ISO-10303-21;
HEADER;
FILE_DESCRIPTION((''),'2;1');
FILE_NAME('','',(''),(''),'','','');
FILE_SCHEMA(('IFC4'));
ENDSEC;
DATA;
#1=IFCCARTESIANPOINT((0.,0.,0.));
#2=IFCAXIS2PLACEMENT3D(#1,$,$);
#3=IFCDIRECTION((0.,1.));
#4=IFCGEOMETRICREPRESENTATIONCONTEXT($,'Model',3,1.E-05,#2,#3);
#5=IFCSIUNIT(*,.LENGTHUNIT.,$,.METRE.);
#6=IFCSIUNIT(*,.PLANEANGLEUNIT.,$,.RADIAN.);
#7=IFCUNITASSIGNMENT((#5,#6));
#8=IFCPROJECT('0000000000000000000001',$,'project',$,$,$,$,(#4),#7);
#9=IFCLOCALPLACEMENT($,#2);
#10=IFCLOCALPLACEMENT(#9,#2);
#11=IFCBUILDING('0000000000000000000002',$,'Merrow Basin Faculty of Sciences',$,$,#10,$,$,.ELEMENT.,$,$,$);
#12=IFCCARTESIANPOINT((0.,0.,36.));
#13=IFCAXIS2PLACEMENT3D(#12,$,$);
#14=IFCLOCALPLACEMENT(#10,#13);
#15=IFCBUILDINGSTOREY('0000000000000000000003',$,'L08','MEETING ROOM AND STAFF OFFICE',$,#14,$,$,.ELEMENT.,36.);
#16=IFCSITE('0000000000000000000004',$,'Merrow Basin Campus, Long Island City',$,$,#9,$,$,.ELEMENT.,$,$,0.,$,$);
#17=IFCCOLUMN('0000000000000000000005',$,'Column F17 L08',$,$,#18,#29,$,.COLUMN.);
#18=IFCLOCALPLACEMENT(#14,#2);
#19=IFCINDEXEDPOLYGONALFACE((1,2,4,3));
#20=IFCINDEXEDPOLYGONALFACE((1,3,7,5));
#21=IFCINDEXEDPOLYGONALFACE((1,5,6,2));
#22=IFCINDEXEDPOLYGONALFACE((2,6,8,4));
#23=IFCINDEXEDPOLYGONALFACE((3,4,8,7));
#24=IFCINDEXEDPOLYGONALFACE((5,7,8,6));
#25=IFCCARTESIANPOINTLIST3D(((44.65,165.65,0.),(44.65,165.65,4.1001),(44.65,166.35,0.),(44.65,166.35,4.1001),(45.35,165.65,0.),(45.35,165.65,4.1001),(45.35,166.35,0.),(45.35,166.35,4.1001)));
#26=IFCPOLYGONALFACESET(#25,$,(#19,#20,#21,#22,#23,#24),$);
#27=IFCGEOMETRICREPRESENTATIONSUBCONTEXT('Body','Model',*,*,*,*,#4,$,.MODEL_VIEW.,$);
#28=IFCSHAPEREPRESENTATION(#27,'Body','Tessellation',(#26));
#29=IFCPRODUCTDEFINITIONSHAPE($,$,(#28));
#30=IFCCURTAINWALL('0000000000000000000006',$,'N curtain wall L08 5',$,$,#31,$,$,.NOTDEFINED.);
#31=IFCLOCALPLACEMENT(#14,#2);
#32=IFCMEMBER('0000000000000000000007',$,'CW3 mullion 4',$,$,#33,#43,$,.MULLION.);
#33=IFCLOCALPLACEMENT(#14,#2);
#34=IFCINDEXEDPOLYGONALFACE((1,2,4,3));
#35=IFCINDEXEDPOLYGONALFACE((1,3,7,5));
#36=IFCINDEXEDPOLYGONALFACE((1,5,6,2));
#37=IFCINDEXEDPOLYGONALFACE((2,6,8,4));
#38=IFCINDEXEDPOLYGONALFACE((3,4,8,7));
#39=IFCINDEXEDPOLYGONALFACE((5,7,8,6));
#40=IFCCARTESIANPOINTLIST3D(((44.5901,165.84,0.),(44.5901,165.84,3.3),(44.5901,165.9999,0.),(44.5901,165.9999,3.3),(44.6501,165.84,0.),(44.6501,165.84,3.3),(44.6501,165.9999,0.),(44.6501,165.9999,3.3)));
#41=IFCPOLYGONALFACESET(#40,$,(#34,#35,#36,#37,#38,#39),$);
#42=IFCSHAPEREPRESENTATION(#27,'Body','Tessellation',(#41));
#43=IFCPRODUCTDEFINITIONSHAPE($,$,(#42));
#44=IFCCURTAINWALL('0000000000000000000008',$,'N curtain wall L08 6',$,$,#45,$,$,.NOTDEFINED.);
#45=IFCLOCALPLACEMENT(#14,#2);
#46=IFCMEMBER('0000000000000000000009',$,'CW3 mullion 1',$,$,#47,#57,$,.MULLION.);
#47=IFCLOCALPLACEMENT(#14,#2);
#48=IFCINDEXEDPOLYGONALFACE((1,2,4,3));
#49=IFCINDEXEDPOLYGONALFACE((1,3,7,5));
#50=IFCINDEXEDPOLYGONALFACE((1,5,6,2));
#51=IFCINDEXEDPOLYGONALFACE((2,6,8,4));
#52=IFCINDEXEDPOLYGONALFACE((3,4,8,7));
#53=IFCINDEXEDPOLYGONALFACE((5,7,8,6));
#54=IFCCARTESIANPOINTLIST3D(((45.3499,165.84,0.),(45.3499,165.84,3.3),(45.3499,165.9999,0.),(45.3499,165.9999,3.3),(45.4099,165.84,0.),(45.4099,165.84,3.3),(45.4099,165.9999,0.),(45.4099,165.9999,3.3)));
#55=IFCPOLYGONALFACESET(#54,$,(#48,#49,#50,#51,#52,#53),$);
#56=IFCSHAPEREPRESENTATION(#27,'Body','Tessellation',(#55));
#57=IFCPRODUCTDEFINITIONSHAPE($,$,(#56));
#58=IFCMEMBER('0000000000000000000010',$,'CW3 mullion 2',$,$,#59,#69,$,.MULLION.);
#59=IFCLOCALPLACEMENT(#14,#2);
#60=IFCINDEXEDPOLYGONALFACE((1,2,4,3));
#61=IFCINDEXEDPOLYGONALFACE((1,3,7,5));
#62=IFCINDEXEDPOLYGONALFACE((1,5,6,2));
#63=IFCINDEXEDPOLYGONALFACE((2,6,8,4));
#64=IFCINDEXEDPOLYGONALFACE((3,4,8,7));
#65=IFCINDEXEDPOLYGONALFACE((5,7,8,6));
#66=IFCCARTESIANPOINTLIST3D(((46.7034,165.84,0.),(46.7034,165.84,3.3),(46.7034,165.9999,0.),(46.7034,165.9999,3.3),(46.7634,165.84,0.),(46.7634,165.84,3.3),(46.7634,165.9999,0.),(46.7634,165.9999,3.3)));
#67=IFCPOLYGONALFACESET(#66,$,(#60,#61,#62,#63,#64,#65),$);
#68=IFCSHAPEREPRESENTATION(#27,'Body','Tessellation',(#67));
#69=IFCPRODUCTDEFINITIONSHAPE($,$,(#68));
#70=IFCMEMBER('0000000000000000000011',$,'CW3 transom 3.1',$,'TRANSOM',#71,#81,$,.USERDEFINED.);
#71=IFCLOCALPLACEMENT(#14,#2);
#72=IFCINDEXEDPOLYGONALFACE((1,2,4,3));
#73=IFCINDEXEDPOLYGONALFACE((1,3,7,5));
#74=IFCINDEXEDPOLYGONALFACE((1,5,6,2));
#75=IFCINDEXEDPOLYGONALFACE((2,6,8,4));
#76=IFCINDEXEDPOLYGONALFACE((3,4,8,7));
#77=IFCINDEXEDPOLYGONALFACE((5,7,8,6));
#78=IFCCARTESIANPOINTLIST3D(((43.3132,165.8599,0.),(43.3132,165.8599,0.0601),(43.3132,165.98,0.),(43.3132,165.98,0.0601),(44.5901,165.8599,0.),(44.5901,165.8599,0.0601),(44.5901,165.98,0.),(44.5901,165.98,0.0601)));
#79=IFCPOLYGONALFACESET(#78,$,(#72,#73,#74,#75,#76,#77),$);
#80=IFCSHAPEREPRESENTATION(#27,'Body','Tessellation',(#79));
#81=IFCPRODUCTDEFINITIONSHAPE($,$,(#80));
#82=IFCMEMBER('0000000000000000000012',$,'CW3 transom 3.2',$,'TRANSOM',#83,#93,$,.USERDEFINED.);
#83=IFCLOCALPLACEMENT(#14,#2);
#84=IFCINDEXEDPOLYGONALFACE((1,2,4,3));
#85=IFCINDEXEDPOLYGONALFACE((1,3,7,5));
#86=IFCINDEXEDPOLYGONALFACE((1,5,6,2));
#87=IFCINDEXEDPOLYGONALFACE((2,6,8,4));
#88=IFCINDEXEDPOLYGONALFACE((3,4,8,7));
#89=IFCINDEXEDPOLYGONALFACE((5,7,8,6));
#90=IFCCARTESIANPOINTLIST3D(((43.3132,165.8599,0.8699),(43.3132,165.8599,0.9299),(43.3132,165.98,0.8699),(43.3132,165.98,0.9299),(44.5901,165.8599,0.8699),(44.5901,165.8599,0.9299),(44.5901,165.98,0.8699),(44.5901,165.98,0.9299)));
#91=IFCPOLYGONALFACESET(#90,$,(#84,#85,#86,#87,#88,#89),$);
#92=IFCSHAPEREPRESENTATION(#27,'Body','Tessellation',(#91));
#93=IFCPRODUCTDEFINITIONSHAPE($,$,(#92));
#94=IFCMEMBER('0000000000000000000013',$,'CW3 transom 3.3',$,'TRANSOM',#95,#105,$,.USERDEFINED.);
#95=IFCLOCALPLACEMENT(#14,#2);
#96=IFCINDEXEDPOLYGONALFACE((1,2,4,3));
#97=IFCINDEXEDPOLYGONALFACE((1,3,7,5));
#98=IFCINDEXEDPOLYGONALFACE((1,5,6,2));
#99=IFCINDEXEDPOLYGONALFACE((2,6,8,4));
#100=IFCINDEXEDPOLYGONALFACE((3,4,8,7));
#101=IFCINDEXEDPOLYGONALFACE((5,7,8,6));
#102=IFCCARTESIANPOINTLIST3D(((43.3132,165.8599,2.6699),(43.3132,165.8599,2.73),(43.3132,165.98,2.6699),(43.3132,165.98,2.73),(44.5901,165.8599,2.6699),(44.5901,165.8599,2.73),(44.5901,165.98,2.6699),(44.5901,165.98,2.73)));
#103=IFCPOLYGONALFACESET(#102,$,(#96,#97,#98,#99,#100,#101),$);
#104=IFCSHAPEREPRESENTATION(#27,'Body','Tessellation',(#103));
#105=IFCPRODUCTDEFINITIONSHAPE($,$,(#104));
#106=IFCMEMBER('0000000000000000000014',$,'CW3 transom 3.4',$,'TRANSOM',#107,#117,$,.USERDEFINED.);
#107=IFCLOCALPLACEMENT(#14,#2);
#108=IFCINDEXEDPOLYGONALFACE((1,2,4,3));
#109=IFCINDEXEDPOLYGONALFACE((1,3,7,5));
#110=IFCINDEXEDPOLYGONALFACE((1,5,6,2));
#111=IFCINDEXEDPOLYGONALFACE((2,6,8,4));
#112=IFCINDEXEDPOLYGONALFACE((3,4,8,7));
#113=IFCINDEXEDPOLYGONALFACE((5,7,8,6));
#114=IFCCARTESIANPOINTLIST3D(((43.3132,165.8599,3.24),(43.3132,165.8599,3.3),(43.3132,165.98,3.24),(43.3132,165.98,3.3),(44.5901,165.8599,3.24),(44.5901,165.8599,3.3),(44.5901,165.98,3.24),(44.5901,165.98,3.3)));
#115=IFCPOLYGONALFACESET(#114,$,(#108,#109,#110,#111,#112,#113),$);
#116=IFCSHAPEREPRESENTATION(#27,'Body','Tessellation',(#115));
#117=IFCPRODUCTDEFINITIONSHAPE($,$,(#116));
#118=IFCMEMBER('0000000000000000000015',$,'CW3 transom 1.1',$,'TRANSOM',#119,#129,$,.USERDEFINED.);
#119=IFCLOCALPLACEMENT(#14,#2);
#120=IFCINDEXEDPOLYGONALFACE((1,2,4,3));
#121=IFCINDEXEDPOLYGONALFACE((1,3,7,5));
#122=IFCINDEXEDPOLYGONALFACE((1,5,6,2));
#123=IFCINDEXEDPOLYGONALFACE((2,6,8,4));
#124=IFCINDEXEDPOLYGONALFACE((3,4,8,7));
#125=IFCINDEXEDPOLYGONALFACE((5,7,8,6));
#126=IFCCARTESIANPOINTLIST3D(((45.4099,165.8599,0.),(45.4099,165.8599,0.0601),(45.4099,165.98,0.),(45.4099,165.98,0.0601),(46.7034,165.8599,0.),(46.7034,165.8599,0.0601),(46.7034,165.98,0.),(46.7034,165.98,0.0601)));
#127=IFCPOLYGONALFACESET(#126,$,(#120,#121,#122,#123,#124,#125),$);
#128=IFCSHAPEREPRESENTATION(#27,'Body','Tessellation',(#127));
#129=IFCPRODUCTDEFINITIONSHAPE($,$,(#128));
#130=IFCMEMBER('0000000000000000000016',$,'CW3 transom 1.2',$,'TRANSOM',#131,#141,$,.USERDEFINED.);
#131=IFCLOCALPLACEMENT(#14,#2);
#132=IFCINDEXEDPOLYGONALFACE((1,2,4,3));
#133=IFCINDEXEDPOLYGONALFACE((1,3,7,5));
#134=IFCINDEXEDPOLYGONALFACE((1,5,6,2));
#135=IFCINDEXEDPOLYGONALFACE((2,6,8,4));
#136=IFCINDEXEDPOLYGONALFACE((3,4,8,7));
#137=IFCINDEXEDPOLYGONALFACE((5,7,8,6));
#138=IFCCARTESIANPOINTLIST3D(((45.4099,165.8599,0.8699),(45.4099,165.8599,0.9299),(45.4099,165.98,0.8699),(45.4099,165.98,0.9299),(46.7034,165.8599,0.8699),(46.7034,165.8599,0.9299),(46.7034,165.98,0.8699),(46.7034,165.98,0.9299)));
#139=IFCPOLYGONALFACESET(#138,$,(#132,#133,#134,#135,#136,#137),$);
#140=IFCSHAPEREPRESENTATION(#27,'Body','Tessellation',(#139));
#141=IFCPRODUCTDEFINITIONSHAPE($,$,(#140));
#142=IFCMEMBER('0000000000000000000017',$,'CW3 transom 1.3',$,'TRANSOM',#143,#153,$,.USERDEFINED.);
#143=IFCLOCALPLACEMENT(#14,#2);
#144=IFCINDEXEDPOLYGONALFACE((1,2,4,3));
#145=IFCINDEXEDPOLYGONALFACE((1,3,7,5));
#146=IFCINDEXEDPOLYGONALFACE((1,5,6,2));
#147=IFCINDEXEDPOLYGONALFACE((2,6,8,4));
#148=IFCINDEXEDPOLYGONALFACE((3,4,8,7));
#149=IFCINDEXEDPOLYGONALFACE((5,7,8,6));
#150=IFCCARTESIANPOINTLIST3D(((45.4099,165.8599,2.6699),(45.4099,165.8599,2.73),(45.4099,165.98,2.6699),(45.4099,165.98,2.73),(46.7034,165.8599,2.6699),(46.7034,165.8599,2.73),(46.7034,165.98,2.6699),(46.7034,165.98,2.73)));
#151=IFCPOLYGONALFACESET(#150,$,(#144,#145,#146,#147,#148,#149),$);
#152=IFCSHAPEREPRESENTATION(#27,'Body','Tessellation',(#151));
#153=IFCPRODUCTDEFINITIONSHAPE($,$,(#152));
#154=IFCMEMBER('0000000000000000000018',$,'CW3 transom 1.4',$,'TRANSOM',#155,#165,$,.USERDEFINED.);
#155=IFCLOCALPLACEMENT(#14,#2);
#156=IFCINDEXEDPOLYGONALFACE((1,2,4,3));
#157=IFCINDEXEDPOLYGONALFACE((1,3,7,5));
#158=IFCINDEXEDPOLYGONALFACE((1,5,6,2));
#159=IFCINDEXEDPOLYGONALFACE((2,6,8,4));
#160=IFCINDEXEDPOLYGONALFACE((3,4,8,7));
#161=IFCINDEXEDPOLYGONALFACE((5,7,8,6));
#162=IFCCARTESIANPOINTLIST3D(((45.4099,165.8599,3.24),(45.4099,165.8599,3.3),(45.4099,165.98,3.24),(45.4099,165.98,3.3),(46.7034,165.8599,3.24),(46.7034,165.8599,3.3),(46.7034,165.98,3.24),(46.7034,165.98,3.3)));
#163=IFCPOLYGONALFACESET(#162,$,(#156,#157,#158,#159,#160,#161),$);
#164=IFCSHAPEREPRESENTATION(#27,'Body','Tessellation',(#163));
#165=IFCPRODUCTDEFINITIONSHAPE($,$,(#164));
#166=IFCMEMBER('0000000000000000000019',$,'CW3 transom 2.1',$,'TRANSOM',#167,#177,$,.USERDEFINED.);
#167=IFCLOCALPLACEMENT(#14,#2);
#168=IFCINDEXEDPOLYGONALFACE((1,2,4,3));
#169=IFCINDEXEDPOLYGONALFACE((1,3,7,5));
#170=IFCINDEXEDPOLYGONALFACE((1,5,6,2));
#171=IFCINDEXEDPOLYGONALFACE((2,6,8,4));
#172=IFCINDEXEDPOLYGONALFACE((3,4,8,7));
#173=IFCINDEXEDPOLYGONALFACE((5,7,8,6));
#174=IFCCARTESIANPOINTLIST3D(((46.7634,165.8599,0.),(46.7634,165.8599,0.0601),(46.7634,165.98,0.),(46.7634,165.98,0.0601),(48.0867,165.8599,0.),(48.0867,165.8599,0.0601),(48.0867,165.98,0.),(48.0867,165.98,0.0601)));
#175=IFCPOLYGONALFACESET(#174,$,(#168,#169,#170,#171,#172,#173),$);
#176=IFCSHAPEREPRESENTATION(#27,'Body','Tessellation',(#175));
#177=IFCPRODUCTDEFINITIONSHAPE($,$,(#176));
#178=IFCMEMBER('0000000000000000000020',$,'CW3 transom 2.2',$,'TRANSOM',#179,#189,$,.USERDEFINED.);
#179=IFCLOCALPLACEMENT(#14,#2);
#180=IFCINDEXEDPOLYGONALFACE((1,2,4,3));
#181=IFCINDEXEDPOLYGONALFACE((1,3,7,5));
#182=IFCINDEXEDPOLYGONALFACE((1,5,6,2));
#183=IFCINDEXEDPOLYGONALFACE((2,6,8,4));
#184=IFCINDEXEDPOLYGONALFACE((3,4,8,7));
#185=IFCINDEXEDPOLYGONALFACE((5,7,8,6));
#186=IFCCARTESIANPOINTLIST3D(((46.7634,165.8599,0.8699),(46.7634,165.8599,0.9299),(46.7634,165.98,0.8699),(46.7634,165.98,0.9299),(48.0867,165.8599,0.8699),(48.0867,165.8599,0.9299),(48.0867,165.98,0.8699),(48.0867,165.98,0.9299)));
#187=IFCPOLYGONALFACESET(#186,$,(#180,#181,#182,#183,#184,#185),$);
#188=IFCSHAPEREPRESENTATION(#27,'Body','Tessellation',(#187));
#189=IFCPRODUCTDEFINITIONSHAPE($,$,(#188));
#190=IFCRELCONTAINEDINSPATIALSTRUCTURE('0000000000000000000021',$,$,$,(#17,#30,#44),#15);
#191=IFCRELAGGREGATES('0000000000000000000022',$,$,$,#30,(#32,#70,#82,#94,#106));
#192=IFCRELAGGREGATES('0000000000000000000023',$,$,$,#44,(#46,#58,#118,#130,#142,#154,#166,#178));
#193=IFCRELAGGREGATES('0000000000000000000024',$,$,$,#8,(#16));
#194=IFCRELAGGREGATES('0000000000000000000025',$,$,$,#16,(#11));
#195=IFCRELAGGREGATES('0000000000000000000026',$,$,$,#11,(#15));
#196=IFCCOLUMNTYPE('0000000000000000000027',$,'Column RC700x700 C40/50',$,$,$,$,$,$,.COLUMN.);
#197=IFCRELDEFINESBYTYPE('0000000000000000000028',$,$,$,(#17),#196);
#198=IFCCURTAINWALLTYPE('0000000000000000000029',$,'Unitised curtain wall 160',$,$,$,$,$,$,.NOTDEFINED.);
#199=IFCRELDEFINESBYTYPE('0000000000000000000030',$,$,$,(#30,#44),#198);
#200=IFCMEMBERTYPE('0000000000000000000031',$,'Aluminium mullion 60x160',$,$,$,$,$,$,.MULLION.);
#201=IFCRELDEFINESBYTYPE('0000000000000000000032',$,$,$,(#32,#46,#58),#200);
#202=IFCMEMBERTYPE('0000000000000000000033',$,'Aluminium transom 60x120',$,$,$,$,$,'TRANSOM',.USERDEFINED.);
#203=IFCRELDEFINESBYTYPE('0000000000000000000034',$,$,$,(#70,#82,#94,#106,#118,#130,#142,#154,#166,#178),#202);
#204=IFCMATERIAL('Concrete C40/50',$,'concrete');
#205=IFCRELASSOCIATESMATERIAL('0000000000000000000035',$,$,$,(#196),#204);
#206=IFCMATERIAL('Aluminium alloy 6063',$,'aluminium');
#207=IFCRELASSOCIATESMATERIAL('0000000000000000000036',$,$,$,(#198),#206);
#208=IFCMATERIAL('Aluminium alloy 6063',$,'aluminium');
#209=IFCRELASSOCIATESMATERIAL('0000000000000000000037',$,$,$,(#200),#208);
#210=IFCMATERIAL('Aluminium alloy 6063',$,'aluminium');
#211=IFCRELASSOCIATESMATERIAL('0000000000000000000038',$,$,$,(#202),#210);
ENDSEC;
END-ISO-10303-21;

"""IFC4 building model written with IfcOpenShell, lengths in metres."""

from ifc_helpers import new_model, si_unit, direction, frame, origin, origin_2d, place, context, subcontext, project, spatial, rectangle, extrude, material, material_profile, profile_set, type_object, element, aggregate, save


model = new_model("IFC4")

# Units and contexts
model_context = context("Model", 3, precision=1e-05, world=origin(), true_north=direction((0.0, 1.0)))
body_context = subcontext(model_context, "Body", "Model", "MODEL_VIEW")
ifc_project = project(units=[si_unit("LENGTHUNIT", "METRE"), si_unit("PLANEANGLEUNIT", "RADIAN")], contexts=[model_context])

# Site, building, storey
site_placement = place(None, origin())
site = spatial("IfcSite", under=ifc_project, at=site_placement, Name="Merrow Basin Campus, Long Island City", CompositionType="ELEMENT", RefElevation=0.0)
building_placement = place(site_placement, origin())
building = spatial("IfcBuilding", under=site, at=building_placement, Name="Merrow Basin Faculty of Sciences", CompositionType="ELEMENT")
storey_placement = place(building_placement, frame((0.0, 0.0, 36.0)))
storey = spatial("IfcBuildingStorey", under=building, at=storey_placement, Name="L08", Description="MEETING ROOM AND STAFF OFFICE", CompositionType="ELEMENT", Elevation=36.0)

# Column
ifc_material_1 = material(Name="Concrete C40/50", Category="concrete")
ifc_material_profile_1 = material_profile(ifc_material_1, rectangle(XDim=0.7, YDim=0.7, at=origin_2d()))
ifc_profile_set_1 = profile_set([ifc_material_profile_1], Name="Concrete C40/50")
column_type = type_object("IfcColumnType", Name="Column RC700x700 C40/50", PredefinedType="COLUMN", material=ifc_profile_set_1)
column_placement = place(storey_placement, frame((45.0, 166.0, 0.0), z_axis=(0.0, 0.0, 1.0), x_axis=(1.0, 0.0, 0.0)))
element("IfcColumn", 1, at=column_placement, inside=storey, type_object=column_type, Name="Column F17 L08", PredefinedType="COLUMN", context=body_context, shape_type="SweptSolid", body=[
    extrude(rectangle(XDim=0.7, YDim=0.7, at=origin_2d()), origin(), (0.0, 0.0, 1.0), 4.1001),
])

# Curtain wall, member
ifc_material_2 = material(Name="Aluminium alloy 6063", Category="aluminium")
curtain_wall_type = type_object("IfcCurtainWallType", Name="Unitised curtain wall 160", PredefinedType="NOTDEFINED", material=ifc_material_2)
curtain_wall_1_placement = place(storey_placement, origin())
curtain_wall_1 = element("IfcCurtainWall", 2, at=curtain_wall_1_placement, inside=storey, type_object=curtain_wall_type, Name="N curtain wall L08 5", PredefinedType="NOTDEFINED")
ifc_material_3 = material(Name="Aluminium alloy 6063", Category="aluminium")
ifc_material_profile_2 = material_profile(ifc_material_3, rectangle(XDim=0.1599, YDim=0.0601, at=origin_2d()))
ifc_profile_set_2 = profile_set([ifc_material_profile_2], Name="Aluminium alloy 6063")
member_type_1 = type_object("IfcMemberType", Name="Aluminium mullion 60x160", PredefinedType="MULLION", material=ifc_profile_set_2)
member_1_placement = place(storey_placement, frame((44.6201, 165.9199, 0.0), z_axis=(0.0, 0.0, 1.0), x_axis=(0.0, 1.0, 0.0)))
member_1 = element("IfcMember", 3, at=member_1_placement, type_object=member_type_1, Name="CW3 mullion 4", PredefinedType="MULLION", context=body_context, shape_type="SweptSolid", body=[
    extrude(rectangle(XDim=0.1599, YDim=0.0601, at=origin_2d()), origin(), (0.0, 0.0, 1.0), 3.3),
])

# Curtain wall, members
curtain_wall_2_placement = place(storey_placement, origin())
curtain_wall_2 = element("IfcCurtainWall", 4, at=curtain_wall_2_placement, inside=storey, type_object=curtain_wall_type, Name="N curtain wall L08 6", PredefinedType="NOTDEFINED")
member_2_placement = place(storey_placement, frame((45.3799, 165.9199, 0.0), z_axis=(0.0, 0.0, 1.0), x_axis=(0.0, 1.0, 0.0)))
member_2 = element("IfcMember", 5, at=member_2_placement, type_object=member_type_1, Name="CW3 mullion 1", PredefinedType="MULLION", context=body_context, shape_type="SweptSolid", body=[
    extrude(rectangle(XDim=0.1599, YDim=0.0601, at=origin_2d()), origin(), (0.0, 0.0, 1.0), 3.3),
])
member_3_placement = place(storey_placement, frame((46.7334, 165.9199, 0.0), z_axis=(0.0, 0.0, 1.0), x_axis=(0.0, 1.0, 0.0)))
member_3 = element("IfcMember", 6, at=member_3_placement, type_object=member_type_1, Name="CW3 mullion 2", PredefinedType="MULLION", context=body_context, shape_type="SweptSolid", body=[
    extrude(rectangle(XDim=0.1599, YDim=0.0601, at=origin_2d()), origin(), (0.0, 0.0, 1.0), 3.3),
])

# Members
ifc_material_4 = material(Name="Aluminium alloy 6063", Category="aluminium")
ifc_material_profile_3 = material_profile(ifc_material_4, rectangle(XDim=0.1201, YDim=0.0601, at=origin_2d()))
ifc_profile_set_3 = profile_set([ifc_material_profile_3], Name="Aluminium alloy 6063")
member_type_2 = type_object("IfcMemberType", Name="Aluminium transom 60x120", ElementType="TRANSOM", PredefinedType="USERDEFINED", material=ifc_profile_set_3)
member_4_placement = place(storey_placement, frame((43.3132, 165.9199, 0.03), z_axis=(1.0, 0.0, 0.0), x_axis=(0.0, 1.0, 0.0)))
member_4 = element("IfcMember", 7, at=member_4_placement, type_object=member_type_2, Name="CW3 transom 3.1", ObjectType="TRANSOM", PredefinedType="USERDEFINED", context=body_context, shape_type="SweptSolid", body=[
    extrude(rectangle(XDim=0.1201, YDim=0.0601, at=origin_2d()), origin(), (0.0, 0.0, 1.0), 1.2769),
])
member_5_placement = place(storey_placement, frame((43.3132, 165.9199, 0.8999), z_axis=(1.0, 0.0, 0.0), x_axis=(0.0, 1.0, 0.0)))
member_5 = element("IfcMember", 8, at=member_5_placement, type_object=member_type_2, Name="CW3 transom 3.2", ObjectType="TRANSOM", PredefinedType="USERDEFINED", context=body_context, shape_type="SweptSolid", body=[
    extrude(rectangle(XDim=0.1201, YDim=0.0601, at=origin_2d()), origin(), (0.0, 0.0, 1.0), 1.2769),
])
member_6_placement = place(storey_placement, frame((43.3132, 165.9199, 2.7), z_axis=(1.0, 0.0, 0.0), x_axis=(0.0, 1.0, 0.0)))
member_6 = element("IfcMember", 9, at=member_6_placement, type_object=member_type_2, Name="CW3 transom 3.3", ObjectType="TRANSOM", PredefinedType="USERDEFINED", context=body_context, shape_type="SweptSolid", body=[
    extrude(rectangle(XDim=0.1201, YDim=0.0601, at=origin_2d()), origin(), (0.0, 0.0, 1.0), 1.2769),
])
member_7_placement = place(storey_placement, frame((43.3132, 165.9199, 3.27), z_axis=(1.0, 0.0, 0.0), x_axis=(0.0, 1.0, 0.0)))
member_7 = element("IfcMember", 10, at=member_7_placement, type_object=member_type_2, Name="CW3 transom 3.4", ObjectType="TRANSOM", PredefinedType="USERDEFINED", context=body_context, shape_type="SweptSolid", body=[
    extrude(rectangle(XDim=0.1201, YDim=0.0601, at=origin_2d()), origin(), (0.0, 0.0, 1.0), 1.2769),
])
member_8_placement = place(storey_placement, frame((45.4099, 165.9199, 0.03), z_axis=(1.0, 0.0, 0.0), x_axis=(0.0, 1.0, 0.0)))
member_8 = element("IfcMember", 11, at=member_8_placement, type_object=member_type_2, Name="CW3 transom 1.1", ObjectType="TRANSOM", PredefinedType="USERDEFINED", context=body_context, shape_type="SweptSolid", body=[
    extrude(rectangle(XDim=0.1201, YDim=0.0601, at=origin_2d()), origin(), (0.0, 0.0, 1.0), 1.2935),
])
member_9_placement = place(storey_placement, frame((45.4099, 165.9199, 0.8999), z_axis=(1.0, 0.0, 0.0), x_axis=(0.0, 1.0, 0.0)))
member_9 = element("IfcMember", 12, at=member_9_placement, type_object=member_type_2, Name="CW3 transom 1.2", ObjectType="TRANSOM", PredefinedType="USERDEFINED", context=body_context, shape_type="SweptSolid", body=[
    extrude(rectangle(XDim=0.1201, YDim=0.0601, at=origin_2d()), origin(), (0.0, 0.0, 1.0), 1.2935),
])
member_10_placement = place(storey_placement, frame((45.4099, 165.9199, 2.7), z_axis=(1.0, 0.0, 0.0), x_axis=(0.0, 1.0, 0.0)))
member_10 = element("IfcMember", 13, at=member_10_placement, type_object=member_type_2, Name="CW3 transom 1.3", ObjectType="TRANSOM", PredefinedType="USERDEFINED", context=body_context, shape_type="SweptSolid", body=[
    extrude(rectangle(XDim=0.1201, YDim=0.0601, at=origin_2d()), origin(), (0.0, 0.0, 1.0), 1.2935),
])
member_11_placement = place(storey_placement, frame((45.4099, 165.9199, 3.27), z_axis=(1.0, 0.0, 0.0), x_axis=(0.0, 1.0, 0.0)))
member_11 = element("IfcMember", 14, at=member_11_placement, type_object=member_type_2, Name="CW3 transom 1.4", ObjectType="TRANSOM", PredefinedType="USERDEFINED", context=body_context, shape_type="SweptSolid", body=[
    extrude(rectangle(XDim=0.1201, YDim=0.0601, at=origin_2d()), origin(), (0.0, 0.0, 1.0), 1.2935),
])
member_12_placement = place(storey_placement, frame((46.7634, 165.9199, 0.03), z_axis=(1.0, 0.0, 0.0), x_axis=(0.0, 1.0, 0.0)))
member_12 = element("IfcMember", 15, at=member_12_placement, type_object=member_type_2, Name="CW3 transom 2.1", ObjectType="TRANSOM", PredefinedType="USERDEFINED", context=body_context, shape_type="SweptSolid", body=[
    extrude(rectangle(XDim=0.1201, YDim=0.0601, at=origin_2d()), origin(), (0.0, 0.0, 1.0), 1.3232),
])
member_13_placement = place(storey_placement, frame((46.7634, 165.9199, 0.8999), z_axis=(1.0, 0.0, 0.0), x_axis=(0.0, 1.0, 0.0)))
member_13 = element("IfcMember", 16, at=member_13_placement, type_object=member_type_2, Name="CW3 transom 2.2", ObjectType="TRANSOM", PredefinedType="USERDEFINED", context=body_context, shape_type="SweptSolid", body=[
    extrude(rectangle(XDim=0.1201, YDim=0.0601, at=origin_2d()), origin(), (0.0, 0.0, 1.0), 1.3232),
])

aggregate(curtain_wall_1, [member_1, member_4, member_5, member_6, member_7])
aggregate(curtain_wall_2, [member_2, member_3, member_8, member_9, member_10, member_11, member_12, member_13])

save(model, "model.ifc")
